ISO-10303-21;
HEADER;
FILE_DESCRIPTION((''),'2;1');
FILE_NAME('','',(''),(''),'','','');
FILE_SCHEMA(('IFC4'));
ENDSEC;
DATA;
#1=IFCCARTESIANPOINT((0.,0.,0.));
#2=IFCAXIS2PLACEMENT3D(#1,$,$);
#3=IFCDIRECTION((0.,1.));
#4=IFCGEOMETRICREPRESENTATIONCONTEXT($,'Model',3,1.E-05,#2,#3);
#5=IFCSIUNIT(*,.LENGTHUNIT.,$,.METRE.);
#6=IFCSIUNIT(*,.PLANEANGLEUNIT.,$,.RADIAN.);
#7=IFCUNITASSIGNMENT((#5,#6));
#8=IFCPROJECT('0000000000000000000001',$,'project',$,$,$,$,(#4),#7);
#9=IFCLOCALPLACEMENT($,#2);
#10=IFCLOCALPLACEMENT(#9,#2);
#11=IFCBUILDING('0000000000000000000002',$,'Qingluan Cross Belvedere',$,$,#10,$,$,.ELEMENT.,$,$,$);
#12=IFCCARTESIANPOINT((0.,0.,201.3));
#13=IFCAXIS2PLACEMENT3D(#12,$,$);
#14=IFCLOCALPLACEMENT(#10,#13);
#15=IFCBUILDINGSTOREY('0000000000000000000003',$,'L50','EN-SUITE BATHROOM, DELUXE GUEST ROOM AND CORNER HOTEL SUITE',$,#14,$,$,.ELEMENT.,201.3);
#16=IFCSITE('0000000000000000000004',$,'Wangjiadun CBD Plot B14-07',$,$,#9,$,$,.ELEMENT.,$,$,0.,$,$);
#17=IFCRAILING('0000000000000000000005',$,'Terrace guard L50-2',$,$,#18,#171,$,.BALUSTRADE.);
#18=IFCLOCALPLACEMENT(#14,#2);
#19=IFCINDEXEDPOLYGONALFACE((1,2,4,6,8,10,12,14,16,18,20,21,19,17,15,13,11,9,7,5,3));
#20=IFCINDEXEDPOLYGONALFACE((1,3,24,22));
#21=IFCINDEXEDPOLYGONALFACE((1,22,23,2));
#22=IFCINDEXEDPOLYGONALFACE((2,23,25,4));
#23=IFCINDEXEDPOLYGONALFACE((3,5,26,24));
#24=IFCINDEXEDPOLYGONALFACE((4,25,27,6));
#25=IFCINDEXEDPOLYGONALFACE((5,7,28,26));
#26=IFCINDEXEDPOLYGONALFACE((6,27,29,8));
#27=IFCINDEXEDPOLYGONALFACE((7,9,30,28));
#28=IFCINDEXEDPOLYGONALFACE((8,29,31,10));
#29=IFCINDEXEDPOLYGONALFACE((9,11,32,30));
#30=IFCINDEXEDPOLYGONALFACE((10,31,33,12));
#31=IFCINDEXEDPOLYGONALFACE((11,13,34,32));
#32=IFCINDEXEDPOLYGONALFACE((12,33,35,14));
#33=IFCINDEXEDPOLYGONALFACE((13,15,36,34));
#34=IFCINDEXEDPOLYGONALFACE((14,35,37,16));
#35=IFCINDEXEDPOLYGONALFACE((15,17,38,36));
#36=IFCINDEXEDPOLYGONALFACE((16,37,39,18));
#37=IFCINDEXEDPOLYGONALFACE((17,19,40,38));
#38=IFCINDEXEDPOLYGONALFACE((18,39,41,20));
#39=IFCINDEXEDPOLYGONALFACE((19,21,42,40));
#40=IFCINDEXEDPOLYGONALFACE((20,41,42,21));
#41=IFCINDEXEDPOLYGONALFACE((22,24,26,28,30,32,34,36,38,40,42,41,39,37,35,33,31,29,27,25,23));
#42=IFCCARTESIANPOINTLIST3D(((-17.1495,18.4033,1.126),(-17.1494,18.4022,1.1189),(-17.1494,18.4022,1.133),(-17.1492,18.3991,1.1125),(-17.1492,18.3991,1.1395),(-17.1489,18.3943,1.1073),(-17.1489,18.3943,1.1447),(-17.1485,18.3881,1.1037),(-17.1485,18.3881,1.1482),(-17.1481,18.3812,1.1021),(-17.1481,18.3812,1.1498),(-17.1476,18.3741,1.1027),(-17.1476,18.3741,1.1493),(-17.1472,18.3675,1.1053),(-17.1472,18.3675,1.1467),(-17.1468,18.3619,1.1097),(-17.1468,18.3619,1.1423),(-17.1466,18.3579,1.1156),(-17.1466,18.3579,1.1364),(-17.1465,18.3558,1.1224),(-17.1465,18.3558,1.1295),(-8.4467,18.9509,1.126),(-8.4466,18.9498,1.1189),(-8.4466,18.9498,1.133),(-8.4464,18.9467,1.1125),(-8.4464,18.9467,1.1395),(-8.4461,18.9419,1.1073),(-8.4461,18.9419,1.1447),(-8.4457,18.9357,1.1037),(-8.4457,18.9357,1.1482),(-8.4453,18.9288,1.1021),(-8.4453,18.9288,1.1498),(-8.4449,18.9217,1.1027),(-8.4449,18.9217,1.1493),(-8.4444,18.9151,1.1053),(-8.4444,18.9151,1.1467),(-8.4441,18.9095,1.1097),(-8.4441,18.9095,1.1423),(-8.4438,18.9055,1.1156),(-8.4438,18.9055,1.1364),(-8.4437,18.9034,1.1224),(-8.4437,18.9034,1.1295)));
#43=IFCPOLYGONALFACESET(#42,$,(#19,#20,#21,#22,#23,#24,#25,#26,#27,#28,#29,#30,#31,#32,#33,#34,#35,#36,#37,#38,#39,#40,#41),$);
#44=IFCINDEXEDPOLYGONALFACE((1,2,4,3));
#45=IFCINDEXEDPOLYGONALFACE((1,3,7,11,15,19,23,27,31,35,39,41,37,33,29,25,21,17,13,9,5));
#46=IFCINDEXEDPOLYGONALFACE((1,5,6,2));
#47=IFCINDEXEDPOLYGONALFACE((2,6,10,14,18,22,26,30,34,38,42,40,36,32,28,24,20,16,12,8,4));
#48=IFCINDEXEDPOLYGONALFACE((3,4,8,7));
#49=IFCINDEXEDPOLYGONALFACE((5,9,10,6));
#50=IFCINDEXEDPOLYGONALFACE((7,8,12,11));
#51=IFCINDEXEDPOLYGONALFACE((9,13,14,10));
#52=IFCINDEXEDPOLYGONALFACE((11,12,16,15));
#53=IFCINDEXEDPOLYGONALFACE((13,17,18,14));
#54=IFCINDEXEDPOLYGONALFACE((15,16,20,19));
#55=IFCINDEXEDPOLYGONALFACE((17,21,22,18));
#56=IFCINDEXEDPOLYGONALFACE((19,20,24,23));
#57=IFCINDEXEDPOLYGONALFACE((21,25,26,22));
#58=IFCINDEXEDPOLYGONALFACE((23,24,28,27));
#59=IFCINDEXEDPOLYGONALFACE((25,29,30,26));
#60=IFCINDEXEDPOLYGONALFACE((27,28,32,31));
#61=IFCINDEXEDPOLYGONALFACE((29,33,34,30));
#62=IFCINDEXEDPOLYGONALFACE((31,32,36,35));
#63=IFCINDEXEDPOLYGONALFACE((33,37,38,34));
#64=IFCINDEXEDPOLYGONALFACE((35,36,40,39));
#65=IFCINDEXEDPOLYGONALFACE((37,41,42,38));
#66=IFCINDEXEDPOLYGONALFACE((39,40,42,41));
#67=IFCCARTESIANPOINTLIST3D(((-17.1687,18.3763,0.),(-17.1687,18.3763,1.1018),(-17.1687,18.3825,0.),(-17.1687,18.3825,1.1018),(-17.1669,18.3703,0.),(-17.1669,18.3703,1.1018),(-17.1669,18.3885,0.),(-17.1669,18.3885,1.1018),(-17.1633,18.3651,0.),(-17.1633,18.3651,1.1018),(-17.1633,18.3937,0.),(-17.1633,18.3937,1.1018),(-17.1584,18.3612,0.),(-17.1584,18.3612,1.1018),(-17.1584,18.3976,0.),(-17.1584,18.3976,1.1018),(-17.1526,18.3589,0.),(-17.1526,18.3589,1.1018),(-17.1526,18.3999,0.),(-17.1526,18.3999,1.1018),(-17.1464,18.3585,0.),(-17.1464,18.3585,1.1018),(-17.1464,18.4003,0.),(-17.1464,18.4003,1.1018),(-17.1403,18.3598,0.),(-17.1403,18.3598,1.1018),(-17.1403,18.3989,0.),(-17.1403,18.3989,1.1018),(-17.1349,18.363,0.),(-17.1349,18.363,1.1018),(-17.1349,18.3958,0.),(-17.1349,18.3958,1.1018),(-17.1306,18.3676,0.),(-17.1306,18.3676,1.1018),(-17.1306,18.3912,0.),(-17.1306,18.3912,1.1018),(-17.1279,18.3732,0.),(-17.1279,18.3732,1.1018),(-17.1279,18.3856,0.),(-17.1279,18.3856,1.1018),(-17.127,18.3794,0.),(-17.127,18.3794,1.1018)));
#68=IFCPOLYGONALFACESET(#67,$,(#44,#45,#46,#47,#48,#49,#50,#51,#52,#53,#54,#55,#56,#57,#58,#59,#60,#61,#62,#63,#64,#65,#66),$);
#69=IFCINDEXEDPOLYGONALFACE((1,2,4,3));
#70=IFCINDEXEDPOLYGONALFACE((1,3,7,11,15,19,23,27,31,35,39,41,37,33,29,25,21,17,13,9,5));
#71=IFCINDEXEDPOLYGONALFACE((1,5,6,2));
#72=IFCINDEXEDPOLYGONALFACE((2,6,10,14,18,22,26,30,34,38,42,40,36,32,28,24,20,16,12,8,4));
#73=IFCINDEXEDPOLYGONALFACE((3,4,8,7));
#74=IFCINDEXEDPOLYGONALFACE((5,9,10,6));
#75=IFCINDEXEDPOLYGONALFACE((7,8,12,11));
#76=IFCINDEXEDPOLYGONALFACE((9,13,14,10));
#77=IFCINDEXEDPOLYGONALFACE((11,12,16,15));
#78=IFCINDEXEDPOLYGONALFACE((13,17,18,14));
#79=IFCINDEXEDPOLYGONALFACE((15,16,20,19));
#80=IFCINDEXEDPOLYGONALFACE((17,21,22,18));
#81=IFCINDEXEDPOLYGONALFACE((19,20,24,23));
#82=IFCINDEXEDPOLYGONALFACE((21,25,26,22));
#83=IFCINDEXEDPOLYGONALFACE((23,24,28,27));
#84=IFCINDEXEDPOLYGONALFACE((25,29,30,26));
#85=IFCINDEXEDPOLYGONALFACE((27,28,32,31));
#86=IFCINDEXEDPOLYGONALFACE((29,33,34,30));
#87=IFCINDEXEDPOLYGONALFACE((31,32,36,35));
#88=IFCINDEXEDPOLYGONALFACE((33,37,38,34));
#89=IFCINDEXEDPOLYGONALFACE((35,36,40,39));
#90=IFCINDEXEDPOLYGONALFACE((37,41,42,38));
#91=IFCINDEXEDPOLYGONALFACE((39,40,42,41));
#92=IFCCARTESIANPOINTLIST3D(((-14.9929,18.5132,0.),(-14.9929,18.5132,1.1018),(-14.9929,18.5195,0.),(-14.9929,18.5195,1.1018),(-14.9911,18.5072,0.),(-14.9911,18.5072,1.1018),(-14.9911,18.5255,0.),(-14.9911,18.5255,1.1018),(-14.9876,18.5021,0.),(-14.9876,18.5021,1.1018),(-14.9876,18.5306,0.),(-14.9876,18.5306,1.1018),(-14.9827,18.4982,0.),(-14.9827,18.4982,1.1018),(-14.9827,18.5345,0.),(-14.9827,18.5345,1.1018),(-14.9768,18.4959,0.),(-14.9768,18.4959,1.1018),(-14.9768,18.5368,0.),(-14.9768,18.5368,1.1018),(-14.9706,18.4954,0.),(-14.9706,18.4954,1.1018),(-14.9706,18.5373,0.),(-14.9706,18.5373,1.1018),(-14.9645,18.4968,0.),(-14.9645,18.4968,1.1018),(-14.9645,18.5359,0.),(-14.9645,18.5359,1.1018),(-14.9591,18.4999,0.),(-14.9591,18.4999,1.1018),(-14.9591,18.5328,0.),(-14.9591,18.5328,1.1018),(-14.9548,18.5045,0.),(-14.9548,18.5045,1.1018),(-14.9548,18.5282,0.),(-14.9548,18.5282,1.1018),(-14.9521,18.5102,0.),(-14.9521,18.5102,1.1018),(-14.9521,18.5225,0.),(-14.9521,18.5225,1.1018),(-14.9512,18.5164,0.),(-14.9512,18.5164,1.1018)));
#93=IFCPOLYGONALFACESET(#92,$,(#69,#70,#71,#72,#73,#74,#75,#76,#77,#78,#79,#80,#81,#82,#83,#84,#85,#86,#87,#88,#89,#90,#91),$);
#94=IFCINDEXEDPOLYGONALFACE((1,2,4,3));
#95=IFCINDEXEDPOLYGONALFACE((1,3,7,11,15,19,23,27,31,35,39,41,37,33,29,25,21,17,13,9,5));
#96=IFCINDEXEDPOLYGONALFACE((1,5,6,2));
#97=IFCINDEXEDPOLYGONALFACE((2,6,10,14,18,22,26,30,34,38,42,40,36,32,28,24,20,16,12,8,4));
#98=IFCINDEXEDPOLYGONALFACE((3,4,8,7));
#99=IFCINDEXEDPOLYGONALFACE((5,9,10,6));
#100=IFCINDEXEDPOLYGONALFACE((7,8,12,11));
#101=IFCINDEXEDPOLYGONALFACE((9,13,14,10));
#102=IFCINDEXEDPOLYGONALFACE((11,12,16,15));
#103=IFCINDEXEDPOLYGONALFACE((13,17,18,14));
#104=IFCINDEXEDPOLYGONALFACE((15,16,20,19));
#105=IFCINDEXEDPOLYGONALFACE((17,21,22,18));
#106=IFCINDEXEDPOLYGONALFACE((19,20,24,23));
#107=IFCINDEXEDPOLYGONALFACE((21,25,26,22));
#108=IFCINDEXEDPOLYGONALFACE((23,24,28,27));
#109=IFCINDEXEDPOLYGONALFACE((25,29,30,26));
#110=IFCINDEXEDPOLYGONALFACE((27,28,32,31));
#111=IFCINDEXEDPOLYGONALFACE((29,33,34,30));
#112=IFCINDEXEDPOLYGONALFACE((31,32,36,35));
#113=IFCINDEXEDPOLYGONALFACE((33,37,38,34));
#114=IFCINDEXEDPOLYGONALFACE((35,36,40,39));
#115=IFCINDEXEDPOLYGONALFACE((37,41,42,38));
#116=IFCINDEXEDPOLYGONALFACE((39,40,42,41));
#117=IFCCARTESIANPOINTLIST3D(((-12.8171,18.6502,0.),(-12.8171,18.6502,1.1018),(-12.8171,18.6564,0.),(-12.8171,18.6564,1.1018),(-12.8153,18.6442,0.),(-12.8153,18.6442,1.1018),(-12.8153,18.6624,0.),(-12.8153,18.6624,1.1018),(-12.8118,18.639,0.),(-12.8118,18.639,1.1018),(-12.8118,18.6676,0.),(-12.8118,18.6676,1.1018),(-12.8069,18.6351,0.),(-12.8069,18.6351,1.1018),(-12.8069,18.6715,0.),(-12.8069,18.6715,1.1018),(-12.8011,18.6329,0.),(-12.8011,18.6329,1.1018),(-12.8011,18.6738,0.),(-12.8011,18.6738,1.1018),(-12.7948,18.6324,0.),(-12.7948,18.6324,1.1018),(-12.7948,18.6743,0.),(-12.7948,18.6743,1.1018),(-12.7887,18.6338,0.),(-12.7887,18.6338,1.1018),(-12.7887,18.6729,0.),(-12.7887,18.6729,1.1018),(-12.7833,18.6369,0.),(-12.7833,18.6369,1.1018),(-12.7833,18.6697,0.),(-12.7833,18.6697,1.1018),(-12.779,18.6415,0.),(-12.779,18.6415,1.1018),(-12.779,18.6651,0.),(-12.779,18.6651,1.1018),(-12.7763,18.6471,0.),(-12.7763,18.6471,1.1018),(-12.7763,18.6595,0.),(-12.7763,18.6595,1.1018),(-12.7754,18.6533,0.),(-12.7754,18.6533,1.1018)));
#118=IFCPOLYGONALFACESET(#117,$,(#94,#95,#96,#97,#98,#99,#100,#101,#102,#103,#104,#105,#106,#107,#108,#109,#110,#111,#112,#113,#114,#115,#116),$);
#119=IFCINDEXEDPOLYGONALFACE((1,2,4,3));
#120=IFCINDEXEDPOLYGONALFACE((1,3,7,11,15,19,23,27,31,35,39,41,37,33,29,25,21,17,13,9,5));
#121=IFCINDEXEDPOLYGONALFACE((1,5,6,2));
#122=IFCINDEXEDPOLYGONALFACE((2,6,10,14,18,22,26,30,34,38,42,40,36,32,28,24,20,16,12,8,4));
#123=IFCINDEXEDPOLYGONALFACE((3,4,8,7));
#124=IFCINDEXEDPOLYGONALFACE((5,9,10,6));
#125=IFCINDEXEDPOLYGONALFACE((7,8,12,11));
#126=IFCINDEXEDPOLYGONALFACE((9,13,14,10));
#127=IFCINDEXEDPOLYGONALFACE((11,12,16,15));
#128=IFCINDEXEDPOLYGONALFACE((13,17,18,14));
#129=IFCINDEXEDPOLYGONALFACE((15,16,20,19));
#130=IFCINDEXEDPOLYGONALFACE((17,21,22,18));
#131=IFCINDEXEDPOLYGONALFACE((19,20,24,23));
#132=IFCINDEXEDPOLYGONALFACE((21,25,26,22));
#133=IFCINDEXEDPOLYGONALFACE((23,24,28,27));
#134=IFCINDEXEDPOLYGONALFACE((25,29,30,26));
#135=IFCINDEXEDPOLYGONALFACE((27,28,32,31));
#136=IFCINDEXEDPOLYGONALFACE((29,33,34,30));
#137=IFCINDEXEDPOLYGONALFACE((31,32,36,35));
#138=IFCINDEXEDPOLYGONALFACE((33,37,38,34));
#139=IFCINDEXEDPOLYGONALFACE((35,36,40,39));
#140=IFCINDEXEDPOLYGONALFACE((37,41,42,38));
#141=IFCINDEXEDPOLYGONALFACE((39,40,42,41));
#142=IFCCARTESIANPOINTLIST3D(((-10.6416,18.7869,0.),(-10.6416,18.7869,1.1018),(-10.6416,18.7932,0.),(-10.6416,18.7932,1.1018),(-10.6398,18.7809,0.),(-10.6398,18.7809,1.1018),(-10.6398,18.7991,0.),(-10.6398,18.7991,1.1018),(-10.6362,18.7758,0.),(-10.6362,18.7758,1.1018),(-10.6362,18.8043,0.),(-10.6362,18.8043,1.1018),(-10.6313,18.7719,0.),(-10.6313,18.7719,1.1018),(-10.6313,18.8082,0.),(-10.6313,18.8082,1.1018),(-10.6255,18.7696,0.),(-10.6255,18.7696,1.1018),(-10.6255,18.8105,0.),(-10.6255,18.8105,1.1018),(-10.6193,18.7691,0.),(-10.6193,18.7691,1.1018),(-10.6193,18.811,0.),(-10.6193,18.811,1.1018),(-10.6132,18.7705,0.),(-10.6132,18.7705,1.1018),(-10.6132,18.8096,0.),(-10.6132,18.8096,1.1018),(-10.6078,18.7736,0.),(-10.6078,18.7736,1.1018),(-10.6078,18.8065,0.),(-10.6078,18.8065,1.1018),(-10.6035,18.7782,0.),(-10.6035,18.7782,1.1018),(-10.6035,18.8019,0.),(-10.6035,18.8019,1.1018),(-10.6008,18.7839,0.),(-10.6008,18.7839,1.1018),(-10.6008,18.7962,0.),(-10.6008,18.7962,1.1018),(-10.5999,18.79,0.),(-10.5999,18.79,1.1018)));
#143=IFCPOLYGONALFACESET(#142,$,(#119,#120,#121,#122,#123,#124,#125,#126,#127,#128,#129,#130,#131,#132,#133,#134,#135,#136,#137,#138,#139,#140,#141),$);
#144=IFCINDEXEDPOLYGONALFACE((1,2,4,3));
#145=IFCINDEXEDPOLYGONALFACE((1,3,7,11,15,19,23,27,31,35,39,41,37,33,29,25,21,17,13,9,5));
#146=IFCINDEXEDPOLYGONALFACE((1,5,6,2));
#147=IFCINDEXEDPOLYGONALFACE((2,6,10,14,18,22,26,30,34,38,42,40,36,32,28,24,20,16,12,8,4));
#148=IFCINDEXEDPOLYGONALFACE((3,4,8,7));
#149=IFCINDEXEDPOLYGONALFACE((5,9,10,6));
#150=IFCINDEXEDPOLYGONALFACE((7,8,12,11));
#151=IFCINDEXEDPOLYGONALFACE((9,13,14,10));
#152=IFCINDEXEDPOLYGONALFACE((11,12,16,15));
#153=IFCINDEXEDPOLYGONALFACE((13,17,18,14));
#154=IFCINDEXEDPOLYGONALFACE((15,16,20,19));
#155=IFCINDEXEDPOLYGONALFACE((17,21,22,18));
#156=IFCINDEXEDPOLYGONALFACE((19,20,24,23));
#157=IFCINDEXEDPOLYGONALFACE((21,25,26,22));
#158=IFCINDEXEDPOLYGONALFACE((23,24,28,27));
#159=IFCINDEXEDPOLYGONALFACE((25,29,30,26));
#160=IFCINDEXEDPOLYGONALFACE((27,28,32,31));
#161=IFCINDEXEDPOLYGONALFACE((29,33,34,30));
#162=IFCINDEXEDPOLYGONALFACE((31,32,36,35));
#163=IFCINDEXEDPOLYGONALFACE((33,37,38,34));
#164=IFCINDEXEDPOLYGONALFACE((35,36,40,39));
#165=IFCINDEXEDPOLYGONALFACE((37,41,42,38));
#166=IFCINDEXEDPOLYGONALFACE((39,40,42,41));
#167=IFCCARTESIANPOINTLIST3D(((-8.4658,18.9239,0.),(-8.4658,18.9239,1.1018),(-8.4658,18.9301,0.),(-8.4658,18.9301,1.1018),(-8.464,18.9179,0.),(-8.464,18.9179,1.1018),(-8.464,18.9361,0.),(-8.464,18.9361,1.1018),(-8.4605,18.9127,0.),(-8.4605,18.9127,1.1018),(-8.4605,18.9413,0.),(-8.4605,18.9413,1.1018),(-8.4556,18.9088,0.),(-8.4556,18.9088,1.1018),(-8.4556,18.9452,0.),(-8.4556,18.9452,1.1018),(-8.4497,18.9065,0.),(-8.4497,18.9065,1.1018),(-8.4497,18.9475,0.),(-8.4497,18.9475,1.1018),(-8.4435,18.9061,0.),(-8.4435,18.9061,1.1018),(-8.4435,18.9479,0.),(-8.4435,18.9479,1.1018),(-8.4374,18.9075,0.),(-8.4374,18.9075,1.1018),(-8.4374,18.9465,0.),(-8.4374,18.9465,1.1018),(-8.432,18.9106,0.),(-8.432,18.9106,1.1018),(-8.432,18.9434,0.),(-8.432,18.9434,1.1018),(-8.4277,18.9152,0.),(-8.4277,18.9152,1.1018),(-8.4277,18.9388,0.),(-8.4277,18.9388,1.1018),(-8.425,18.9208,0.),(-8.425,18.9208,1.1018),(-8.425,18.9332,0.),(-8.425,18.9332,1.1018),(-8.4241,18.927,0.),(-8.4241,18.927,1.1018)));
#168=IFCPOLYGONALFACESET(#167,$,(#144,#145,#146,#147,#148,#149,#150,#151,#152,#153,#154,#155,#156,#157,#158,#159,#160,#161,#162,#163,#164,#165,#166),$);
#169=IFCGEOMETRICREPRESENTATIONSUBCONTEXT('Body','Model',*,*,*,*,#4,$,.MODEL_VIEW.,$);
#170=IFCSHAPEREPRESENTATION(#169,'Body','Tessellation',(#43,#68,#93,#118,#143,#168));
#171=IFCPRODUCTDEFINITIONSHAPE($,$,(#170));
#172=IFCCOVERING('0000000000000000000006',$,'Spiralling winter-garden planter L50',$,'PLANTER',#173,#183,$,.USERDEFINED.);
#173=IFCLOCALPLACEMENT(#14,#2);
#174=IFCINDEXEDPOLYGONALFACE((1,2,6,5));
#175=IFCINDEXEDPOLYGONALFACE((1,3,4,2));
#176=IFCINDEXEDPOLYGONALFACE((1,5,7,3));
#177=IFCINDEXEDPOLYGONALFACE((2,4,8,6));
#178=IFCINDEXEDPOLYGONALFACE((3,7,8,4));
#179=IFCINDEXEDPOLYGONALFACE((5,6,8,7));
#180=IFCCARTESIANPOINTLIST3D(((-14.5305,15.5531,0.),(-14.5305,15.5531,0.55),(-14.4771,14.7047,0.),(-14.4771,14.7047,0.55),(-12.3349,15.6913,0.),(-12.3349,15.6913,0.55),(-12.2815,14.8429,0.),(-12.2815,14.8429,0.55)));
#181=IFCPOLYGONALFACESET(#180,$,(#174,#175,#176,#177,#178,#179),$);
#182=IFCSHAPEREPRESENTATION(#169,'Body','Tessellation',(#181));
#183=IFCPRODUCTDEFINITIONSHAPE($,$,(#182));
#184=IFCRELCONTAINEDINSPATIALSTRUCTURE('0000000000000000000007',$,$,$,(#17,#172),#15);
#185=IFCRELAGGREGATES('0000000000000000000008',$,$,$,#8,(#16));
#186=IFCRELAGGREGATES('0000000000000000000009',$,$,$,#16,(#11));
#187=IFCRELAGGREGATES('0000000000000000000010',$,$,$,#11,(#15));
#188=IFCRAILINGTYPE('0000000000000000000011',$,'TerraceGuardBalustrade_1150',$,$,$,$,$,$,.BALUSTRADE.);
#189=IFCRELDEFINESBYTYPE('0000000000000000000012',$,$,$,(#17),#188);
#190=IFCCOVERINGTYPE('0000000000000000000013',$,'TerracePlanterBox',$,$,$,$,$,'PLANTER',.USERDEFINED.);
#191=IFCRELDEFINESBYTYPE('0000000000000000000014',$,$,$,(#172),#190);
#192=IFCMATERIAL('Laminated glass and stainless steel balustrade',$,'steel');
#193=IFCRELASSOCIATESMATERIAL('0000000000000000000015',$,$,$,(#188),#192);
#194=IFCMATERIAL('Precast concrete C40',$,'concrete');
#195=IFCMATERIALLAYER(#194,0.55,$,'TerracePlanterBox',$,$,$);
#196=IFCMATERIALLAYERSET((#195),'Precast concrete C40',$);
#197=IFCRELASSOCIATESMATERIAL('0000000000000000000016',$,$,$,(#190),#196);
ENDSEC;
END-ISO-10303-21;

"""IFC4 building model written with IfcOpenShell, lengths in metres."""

from ifc_helpers import new_model, si_unit, direction, frame, origin, origin_2d, place, context, subcontext, project, spatial, rectangle, circle, extrude, material, layer, layer_set, type_object, element, save


model = new_model("IFC4")

# Units and contexts
model_context = context("Model", 3, precision=1e-05, world=origin(), true_north=direction((0.0, 1.0)))
body_context = subcontext(model_context, "Body", "Model", "MODEL_VIEW")
ifc_project = project(units=[si_unit("LENGTHUNIT", "METRE"), si_unit("PLANEANGLEUNIT", "RADIAN")], contexts=[model_context])

# Site, building, storey
site_placement = place(None, origin())
site = spatial("IfcSite", under=ifc_project, at=site_placement, Name="Wangjiadun CBD Plot B14-07", CompositionType="ELEMENT", RefElevation=0.0)
building_placement = place(site_placement, origin())
building = spatial("IfcBuilding", under=site, at=building_placement, Name="Qingluan Cross Belvedere", CompositionType="ELEMENT")
storey_placement = place(building_placement, frame((0.0, 0.0, 201.3)))
storey = spatial("IfcBuildingStorey", under=building, at=storey_placement, Name="L50", Description="EN-SUITE BATHROOM, DELUXE GUEST ROOM AND CORNER HOTEL SUITE", CompositionType="ELEMENT", Elevation=201.3)

# Railing
ifc_material_1 = material(Name="Laminated glass and stainless steel balustrade", Category="steel")
railing_type = type_object("IfcRailingType", Name="TerraceGuardBalustrade_1150", PredefinedType="BALUSTRADE", material=ifc_material_1)
railing_placement = place(storey_placement, frame((-17.1479, 18.3794, 0.0)))
element("IfcRailing", 1, at=railing_placement, inside=storey, type_object=railing_type, Name="Terrace guard L50-2", PredefinedType="BALUSTRADE", context=body_context, shape_type="SweptSolid", body=[
    extrude(circle(Radius=0.0239, at=origin_2d()), frame((0.0, 0.0, 1.126), z_axis=(0.998026, 0.062798, 0.0), x_axis=(-0.062798, 0.998026, 0.0)), (0.0, 0.0, 1.0), 8.72),
    extrude(circle(Radius=0.021, at=origin_2d()), origin(), (0.0, 0.0, 1.0), 1.1018),
    extrude(circle(Radius=0.021, at=origin_2d()), frame((2.1758, 0.137, 0.0)), (0.0, 0.0, 1.0), 1.1018),
    extrude(circle(Radius=0.021, at=origin_2d()), frame((4.3516, 0.2739, 0.0)), (0.0, 0.0, 1.0), 1.1018),
    extrude(circle(Radius=0.021, at=origin_2d()), frame((6.5271, 0.4106, 0.0)), (0.0, 0.0, 1.0), 1.1018),
    extrude(circle(Radius=0.021, at=origin_2d()), frame((8.7029, 0.5476, 0.0)), (0.0, 0.0, 1.0), 1.1018),
])

# Covering
ifc_material_2 = material(Name="Precast concrete C40", Category="concrete")
ifc_layer_1 = layer(ifc_material_2, 0.55, Name="TerracePlanterBox")
ifc_layer_set_1 = layer_set([ifc_layer_1], Name="Precast concrete C40")
covering_type_1 = type_object("IfcCoveringType", Name="TerracePlanterBox", ElementType="PLANTER", PredefinedType="USERDEFINED", material=ifc_layer_set_1)
covering_1_placement = place(storey_placement, frame((-13.406, 15.198, 0.0), z_axis=(0.0, 0.0, 1.0), x_axis=(0.998027, 0.062791, 0.0)))
element("IfcCovering", 2, at=covering_1_placement, inside=storey, type_object=covering_type_1, Name="Spiralling winter-garden planter L50", ObjectType="PLANTER", PredefinedType="USERDEFINED", context=body_context, shape_type="SweptSolid", body=[
    extrude(rectangle(XDim=2.2, YDim=0.8501, at=origin_2d()), origin(), (0.0, 0.0, 1.0), 0.55),
])

save(model, "model.ifc")
